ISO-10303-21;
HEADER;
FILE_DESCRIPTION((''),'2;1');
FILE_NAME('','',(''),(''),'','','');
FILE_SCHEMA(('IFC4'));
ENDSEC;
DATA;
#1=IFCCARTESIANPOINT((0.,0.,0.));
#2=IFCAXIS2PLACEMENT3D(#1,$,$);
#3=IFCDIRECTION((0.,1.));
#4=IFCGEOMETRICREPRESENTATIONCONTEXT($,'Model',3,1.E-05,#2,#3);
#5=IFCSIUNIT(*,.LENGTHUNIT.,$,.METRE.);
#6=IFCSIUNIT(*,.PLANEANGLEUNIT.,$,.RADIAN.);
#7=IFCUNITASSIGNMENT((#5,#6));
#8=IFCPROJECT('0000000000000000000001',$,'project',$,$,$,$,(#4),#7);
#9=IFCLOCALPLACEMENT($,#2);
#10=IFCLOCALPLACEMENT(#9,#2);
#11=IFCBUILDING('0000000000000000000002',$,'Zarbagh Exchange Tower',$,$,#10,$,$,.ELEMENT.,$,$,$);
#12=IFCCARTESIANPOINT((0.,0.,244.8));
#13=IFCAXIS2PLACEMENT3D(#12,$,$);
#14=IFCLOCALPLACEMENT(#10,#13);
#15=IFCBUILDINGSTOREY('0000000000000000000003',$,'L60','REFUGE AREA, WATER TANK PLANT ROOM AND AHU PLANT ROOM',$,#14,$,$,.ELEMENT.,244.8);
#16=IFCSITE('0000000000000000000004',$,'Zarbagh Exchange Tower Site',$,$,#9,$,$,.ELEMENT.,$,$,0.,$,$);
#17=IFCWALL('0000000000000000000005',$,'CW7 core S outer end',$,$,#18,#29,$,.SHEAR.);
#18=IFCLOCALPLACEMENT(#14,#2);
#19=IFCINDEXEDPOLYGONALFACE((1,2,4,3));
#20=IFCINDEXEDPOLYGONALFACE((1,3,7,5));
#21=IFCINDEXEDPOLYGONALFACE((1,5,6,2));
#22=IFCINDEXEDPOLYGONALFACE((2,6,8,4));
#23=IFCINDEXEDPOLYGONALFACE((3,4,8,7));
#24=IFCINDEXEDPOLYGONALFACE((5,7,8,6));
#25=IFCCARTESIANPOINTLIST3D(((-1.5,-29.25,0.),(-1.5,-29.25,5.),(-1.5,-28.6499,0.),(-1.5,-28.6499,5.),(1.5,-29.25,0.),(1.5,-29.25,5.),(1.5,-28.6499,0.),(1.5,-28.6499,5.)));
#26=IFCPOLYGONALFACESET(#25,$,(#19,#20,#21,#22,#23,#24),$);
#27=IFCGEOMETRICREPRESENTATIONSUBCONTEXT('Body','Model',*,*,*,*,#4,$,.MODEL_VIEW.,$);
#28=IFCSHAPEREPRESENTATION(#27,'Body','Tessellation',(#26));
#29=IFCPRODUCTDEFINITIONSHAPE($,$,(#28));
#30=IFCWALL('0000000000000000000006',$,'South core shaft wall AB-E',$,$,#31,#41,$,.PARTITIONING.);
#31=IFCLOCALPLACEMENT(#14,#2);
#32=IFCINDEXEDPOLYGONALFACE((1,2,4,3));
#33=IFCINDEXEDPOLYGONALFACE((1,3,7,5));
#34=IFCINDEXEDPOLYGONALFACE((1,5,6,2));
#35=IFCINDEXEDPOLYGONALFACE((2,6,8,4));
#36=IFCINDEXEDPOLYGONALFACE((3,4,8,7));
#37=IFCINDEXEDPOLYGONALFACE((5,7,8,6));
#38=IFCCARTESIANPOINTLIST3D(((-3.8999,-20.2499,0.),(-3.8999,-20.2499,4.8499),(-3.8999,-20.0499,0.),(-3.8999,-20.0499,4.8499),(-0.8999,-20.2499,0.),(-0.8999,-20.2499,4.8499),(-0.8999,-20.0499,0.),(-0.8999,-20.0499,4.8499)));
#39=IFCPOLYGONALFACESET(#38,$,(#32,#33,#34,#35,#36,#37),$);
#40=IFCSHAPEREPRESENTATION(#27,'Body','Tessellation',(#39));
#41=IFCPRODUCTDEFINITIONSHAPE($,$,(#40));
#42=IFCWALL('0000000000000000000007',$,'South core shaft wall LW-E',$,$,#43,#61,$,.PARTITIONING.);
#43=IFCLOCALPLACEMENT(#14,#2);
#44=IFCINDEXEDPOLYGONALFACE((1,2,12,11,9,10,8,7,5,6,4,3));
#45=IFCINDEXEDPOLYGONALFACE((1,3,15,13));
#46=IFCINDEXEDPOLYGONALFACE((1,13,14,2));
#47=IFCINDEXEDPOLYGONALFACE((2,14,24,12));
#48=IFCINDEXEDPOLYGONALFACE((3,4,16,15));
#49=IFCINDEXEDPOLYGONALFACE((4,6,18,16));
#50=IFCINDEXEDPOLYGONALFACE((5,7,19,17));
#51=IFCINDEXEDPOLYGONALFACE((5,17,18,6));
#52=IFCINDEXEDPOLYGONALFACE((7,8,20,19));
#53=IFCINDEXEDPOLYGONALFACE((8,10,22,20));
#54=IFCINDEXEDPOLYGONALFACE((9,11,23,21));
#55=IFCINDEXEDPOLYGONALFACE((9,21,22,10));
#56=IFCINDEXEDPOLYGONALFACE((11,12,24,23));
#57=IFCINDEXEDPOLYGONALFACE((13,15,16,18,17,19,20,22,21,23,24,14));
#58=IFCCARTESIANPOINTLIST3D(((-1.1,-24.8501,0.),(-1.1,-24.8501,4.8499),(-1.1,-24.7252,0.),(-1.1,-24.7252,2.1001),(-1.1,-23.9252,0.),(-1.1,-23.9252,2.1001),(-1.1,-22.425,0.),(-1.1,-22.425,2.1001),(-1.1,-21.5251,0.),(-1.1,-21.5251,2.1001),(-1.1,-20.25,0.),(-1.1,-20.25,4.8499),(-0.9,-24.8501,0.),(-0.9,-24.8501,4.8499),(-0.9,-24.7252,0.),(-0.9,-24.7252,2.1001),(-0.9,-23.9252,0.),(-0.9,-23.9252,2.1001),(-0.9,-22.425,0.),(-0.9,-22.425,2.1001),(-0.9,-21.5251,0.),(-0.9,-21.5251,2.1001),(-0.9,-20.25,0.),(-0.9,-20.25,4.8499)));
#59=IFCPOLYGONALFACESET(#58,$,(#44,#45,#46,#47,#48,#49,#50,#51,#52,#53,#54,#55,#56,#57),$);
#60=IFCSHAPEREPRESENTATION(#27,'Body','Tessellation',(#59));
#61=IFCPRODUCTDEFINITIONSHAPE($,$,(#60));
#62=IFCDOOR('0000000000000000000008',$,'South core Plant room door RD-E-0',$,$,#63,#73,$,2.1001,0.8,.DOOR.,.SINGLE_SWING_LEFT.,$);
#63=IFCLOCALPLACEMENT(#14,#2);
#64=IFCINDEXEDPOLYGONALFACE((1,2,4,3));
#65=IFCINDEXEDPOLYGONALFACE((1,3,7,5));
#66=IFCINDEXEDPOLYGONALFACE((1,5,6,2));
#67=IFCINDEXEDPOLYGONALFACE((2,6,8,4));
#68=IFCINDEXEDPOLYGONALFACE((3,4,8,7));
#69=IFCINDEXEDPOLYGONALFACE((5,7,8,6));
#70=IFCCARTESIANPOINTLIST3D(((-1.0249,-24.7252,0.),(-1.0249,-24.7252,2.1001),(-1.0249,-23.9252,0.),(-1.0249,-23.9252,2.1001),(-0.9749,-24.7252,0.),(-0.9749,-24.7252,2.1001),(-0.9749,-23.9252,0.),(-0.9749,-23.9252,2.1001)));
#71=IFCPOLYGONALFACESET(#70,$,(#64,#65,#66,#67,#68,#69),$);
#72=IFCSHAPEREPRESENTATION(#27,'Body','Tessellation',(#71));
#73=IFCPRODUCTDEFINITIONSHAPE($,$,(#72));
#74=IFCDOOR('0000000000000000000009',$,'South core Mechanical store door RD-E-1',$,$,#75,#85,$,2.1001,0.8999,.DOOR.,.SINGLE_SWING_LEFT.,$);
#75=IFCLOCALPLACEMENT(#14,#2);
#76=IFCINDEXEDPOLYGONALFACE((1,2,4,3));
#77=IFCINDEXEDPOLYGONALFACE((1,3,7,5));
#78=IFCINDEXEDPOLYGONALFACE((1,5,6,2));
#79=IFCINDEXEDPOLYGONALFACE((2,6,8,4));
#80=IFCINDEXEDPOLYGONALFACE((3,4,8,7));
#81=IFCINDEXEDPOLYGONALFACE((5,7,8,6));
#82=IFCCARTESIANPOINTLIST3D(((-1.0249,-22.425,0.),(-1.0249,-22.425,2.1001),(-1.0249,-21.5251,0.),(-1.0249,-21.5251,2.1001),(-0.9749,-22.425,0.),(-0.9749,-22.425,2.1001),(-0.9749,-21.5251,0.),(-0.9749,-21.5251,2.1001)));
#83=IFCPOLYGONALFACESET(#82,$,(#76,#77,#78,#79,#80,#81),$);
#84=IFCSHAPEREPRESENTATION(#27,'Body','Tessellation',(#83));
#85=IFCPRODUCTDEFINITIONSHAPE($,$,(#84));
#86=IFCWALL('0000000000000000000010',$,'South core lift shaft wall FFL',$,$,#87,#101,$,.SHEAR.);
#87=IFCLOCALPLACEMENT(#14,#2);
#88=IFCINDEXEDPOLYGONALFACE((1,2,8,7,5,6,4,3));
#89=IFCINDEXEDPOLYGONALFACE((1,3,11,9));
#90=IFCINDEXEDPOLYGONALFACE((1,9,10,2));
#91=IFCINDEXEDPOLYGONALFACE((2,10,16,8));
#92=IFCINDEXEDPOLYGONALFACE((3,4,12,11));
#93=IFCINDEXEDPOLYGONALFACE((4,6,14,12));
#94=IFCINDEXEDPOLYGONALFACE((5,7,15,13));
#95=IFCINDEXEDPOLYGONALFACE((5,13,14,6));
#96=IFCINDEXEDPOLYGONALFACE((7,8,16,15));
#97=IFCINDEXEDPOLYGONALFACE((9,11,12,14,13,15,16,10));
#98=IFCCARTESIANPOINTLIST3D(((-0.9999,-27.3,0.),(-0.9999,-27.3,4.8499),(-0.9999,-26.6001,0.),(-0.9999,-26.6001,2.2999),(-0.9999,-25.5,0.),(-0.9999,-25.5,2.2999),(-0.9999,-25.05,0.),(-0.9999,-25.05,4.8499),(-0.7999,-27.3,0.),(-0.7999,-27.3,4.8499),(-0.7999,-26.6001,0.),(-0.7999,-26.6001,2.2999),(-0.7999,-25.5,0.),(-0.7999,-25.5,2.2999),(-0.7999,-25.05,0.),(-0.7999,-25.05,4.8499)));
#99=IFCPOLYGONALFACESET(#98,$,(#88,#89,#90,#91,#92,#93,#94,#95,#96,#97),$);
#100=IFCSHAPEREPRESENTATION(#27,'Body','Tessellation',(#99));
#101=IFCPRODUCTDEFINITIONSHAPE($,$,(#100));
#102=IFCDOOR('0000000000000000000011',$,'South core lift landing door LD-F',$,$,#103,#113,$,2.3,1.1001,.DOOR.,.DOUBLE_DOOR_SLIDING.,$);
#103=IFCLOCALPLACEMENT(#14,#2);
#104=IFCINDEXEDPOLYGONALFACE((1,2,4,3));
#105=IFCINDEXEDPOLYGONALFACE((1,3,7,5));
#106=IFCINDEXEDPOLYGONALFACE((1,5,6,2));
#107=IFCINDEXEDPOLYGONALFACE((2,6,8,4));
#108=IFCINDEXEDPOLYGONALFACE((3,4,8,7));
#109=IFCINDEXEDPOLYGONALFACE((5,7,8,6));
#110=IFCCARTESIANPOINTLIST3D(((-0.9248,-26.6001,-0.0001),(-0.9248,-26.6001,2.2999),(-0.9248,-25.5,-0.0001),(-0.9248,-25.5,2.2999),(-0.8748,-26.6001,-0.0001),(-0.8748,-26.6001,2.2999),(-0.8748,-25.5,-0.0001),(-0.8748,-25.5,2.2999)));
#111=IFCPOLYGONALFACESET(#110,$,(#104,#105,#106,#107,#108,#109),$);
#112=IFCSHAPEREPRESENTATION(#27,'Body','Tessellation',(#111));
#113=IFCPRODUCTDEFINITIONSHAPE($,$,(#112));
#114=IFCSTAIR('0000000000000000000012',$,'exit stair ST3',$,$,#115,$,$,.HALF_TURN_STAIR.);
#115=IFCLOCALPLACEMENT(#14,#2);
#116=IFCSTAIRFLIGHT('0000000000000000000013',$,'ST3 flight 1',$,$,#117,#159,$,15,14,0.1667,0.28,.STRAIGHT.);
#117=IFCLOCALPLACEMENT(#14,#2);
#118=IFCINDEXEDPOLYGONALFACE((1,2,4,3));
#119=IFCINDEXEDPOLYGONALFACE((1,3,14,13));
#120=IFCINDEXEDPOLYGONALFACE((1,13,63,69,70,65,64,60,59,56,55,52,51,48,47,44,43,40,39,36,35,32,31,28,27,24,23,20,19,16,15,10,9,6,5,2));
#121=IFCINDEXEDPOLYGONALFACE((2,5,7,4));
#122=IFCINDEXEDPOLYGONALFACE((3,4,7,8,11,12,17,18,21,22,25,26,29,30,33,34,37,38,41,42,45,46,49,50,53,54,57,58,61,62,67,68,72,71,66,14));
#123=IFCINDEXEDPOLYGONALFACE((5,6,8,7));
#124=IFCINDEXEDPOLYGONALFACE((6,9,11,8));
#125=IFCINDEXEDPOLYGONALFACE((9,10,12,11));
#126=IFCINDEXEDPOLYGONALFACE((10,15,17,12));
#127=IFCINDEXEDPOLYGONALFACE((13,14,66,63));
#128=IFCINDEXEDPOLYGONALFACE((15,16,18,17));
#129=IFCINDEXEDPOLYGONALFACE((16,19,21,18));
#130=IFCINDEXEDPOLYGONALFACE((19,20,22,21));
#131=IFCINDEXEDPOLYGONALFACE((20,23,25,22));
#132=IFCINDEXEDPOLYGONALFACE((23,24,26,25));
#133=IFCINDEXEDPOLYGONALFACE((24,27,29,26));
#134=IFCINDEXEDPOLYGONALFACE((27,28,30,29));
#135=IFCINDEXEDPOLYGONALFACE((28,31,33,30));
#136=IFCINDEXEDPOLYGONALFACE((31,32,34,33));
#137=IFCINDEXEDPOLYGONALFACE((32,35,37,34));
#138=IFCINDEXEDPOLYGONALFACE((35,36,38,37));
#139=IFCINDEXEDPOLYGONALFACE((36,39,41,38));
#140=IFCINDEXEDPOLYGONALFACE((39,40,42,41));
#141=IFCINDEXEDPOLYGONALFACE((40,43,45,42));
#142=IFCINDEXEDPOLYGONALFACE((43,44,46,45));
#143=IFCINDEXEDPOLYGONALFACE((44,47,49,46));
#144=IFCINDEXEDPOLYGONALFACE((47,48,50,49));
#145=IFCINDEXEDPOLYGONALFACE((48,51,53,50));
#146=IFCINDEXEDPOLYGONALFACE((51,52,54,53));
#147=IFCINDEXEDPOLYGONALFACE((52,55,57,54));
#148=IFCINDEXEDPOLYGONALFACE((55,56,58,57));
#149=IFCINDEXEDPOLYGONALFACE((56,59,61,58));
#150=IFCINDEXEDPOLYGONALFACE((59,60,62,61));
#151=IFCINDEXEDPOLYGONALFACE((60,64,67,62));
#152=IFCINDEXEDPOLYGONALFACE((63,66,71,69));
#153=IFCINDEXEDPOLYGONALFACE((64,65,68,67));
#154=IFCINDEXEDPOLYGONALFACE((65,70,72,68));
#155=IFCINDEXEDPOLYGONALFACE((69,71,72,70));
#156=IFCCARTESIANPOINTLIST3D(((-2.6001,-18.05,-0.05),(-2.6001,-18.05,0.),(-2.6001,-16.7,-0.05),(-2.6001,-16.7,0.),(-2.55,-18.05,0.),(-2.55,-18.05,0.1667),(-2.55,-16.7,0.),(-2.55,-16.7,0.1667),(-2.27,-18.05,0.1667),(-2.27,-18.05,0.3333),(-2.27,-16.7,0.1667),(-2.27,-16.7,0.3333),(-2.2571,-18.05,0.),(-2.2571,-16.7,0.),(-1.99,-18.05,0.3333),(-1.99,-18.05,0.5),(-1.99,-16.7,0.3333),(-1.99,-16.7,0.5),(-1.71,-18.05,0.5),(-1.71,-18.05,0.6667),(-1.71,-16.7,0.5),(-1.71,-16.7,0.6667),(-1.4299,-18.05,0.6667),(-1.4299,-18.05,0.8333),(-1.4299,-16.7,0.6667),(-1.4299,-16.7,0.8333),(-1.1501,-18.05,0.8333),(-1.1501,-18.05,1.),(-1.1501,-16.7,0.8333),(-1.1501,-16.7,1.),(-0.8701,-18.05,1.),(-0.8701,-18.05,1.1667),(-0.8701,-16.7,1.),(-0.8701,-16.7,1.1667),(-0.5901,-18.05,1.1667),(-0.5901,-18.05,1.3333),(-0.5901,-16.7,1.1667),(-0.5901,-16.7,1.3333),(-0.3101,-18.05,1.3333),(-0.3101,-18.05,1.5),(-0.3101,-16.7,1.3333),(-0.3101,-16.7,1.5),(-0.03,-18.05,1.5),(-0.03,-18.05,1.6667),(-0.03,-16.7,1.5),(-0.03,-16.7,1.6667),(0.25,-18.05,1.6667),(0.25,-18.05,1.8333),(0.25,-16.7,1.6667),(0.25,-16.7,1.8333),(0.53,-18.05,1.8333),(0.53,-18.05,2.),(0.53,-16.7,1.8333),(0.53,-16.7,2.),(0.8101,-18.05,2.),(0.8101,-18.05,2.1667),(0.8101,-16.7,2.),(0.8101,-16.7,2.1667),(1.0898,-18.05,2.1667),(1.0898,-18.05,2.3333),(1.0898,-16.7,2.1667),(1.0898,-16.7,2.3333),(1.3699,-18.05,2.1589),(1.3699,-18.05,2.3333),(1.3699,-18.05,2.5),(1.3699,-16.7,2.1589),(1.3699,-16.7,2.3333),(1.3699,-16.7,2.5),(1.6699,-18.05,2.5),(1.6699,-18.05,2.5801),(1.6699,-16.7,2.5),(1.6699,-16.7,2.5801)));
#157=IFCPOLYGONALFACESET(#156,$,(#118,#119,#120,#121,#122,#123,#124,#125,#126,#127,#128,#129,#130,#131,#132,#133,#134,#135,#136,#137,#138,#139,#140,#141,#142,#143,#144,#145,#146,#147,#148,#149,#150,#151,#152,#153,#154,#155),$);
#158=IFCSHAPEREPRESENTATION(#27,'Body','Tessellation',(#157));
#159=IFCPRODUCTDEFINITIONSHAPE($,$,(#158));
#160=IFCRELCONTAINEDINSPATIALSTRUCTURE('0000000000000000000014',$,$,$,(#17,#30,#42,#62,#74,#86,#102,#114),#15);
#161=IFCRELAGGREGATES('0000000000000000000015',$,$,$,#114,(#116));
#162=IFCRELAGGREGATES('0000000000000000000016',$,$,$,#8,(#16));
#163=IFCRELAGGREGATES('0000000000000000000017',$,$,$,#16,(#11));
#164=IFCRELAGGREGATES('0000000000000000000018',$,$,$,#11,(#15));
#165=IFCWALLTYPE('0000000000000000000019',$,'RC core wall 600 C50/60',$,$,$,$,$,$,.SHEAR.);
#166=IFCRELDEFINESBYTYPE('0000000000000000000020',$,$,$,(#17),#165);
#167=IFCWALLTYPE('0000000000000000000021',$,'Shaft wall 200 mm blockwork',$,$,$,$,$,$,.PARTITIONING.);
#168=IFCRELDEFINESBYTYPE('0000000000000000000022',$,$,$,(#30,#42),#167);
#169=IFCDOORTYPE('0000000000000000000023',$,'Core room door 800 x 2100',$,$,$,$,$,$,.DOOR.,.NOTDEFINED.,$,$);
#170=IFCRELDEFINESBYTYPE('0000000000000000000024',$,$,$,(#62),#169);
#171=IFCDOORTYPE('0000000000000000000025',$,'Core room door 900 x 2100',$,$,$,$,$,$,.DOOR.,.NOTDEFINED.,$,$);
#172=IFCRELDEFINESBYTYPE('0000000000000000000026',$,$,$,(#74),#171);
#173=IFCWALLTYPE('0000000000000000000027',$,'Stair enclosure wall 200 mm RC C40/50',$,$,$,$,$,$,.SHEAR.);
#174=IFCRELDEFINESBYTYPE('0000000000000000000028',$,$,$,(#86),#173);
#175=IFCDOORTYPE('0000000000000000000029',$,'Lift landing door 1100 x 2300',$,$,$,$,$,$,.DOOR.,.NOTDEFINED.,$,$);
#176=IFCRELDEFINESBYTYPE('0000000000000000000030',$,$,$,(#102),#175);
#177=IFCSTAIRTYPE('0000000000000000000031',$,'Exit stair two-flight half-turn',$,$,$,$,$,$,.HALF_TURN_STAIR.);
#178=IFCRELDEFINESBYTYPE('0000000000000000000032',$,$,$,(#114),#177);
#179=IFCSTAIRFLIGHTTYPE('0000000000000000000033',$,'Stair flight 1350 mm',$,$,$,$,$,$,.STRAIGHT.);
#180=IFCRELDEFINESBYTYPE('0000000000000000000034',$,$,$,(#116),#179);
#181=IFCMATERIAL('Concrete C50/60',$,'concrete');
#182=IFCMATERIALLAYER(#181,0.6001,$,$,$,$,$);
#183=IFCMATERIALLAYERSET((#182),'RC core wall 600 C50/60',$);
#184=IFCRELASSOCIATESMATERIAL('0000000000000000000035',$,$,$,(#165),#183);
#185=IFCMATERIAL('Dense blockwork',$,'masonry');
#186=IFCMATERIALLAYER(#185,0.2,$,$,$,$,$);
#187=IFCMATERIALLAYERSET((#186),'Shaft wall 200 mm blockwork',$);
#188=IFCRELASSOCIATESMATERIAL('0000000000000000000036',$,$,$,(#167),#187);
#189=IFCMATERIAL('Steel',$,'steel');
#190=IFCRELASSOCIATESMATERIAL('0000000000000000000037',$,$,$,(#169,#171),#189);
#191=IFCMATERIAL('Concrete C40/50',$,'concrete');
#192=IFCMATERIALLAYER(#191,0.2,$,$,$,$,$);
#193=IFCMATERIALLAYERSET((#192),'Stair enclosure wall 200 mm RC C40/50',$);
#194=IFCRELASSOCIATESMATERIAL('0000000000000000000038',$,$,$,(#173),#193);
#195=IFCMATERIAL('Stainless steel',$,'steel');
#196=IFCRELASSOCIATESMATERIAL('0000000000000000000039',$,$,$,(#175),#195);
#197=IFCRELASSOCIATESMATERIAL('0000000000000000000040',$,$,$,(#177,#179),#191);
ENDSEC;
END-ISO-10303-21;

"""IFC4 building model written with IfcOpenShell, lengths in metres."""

from ifc_helpers import new_model, si_unit, direction, frame, frame_2d, origin, place, context, subcontext, project, spatial, polyline, rectangle, outline, extrude, material, layer, layer_set, type_object, element, fill, aggregate, save


model = new_model("IFC4")

# Units and contexts
model_context = context("Model", 3, precision=1e-05, world=origin(), true_north=direction((0.0, 1.0)))
body_context = subcontext(model_context, "Body", "Model", "MODEL_VIEW")
ifc_project = project(units=[si_unit("LENGTHUNIT", "METRE"), si_unit("PLANEANGLEUNIT", "RADIAN")], contexts=[model_context])

# Site, building, storey
site_placement = place(None, origin())
site = spatial("IfcSite", under=ifc_project, at=site_placement, Name="Zarbagh Exchange Tower Site", CompositionType="ELEMENT", RefElevation=0.0)
building_placement = place(site_placement, origin())
building = spatial("IfcBuilding", under=site, at=building_placement, Name="Zarbagh Exchange Tower", CompositionType="ELEMENT")
storey_placement = place(building_placement, frame((0.0, 0.0, 244.8)))
storey = spatial("IfcBuildingStorey", under=building, at=storey_placement, Name="L60", Description="REFUGE AREA, WATER TANK PLANT ROOM AND AHU PLANT ROOM", CompositionType="ELEMENT", Elevation=244.8)

# Shared definitions
ifc_material_1 = material(Name="Concrete C50/60", Category="concrete")

# Shared definitions
ifc_material_2 = material(Name="Dense blockwork", Category="masonry")

# Shared definitions
ifc_layer_1 = layer(ifc_material_1, 0.6001)
ifc_layer_set_1 = layer_set([ifc_layer_1], Name="RC core wall 600 C50/60")
wall_type_1 = type_object("IfcWallType", Name="RC core wall 600 C50/60", PredefinedType="SHEAR", material=ifc_layer_set_1)
ifc_material_3 = material(Name="Steel", Category="steel")

# Walls
wall_1_placement = place(storey_placement, frame((-1.5, -28.95, 0.0), z_axis=(0.0, 0.0, 1.0), x_axis=(1.0, 0.0, 0.0)))
element("IfcWall", 1, at=wall_1_placement, inside=storey, type_object=wall_type_1, Name="CW7 core S outer end", PredefinedType="SHEAR", context=body_context, shape_type="SweptSolid", body=[
    extrude(rectangle(XDim=3.0, YDim=0.6001, at=frame_2d((1.5, 0.0))), origin(), (0.0, 0.0, 1.0), 5.0),
])
ifc_layer_2 = layer(ifc_material_2, 0.2)
ifc_layer_set_2 = layer_set([ifc_layer_2], Name="Shaft wall 200 mm blockwork")
wall_type_2 = type_object("IfcWallType", Name="Shaft wall 200 mm blockwork", PredefinedType="PARTITIONING", material=ifc_layer_set_2)
wall_2_placement = place(storey_placement, frame((-0.8999, -20.1499, 0.0), z_axis=(0.0, 0.0, 1.0), x_axis=(-1.0, 0.0, 0.0)))
element("IfcWall", 2, at=wall_2_placement, inside=storey, type_object=wall_type_2, Name="South core shaft wall AB-E", PredefinedType="PARTITIONING", context=body_context, shape_type="SweptSolid", body=[
    extrude(rectangle(XDim=3.0, YDim=0.2, at=frame_2d((1.5, 0.0))), origin(), (0.0, 0.0, 1.0), 4.8499),
])

# Wall, openings, doors
wall_3_placement = place(storey_placement, frame((-1.0, -24.8501, 0.0), z_axis=(0.0, 0.0, 1.0), x_axis=(0.0, 1.0, 0.0)))
wall_3 = element("IfcWall", 3, at=wall_3_placement, inside=storey, type_object=wall_type_2, Name="South core shaft wall LW-E", PredefinedType="PARTITIONING", context=body_context, shape_type="SweptSolid", body=[
    extrude(rectangle(XDim=4.6001, YDim=0.2, at=frame_2d((2.3, 0.0))), origin(), (0.0, 0.0, 1.0), 4.8499),
])
opening_1_placement = place(wall_3_placement, frame((0.125, 0.0, 0.0)))
opening_1 = element("IfcOpeningElement", 4, at=opening_1_placement, cuts=wall_3, PredefinedType="OPENING", context=body_context, shape_type="SweptSolid", body=[
    extrude(rectangle(XDim=0.8, YDim=2.1001, at=frame_2d((0.3999, 1.05))), frame((0.0, 0.1099, 0.0), z_axis=(0.0, -1.0, 0.0), x_axis=(1.0, 0.0, 0.0)), (0.0, 0.0, 1.0), 0.22),
])
opening_2_placement = place(wall_3_placement, frame((2.425, 0.0, 0.0)))
opening_2 = element("IfcOpeningElement", 5, at=opening_2_placement, cuts=wall_3, PredefinedType="OPENING", context=body_context, shape_type="SweptSolid", body=[
    extrude(rectangle(XDim=0.8999, YDim=2.1001, at=frame_2d((0.45, 1.05))), frame((0.0, 0.1099, 0.0), z_axis=(0.0, -1.0, 0.0), x_axis=(1.0, 0.0, 0.0)), (0.0, 0.0, 1.0), 0.22),
])
door_type_1 = type_object("IfcDoorType", Name="Core room door 800 x 2100", OperationType="NOTDEFINED", PredefinedType="DOOR", material=ifc_material_3)
door_1_placement = place(opening_1_placement, origin())
door_1 = element("IfcDoor", 6, at=door_1_placement, inside=storey, type_object=door_type_1, Name="South core Plant room door RD-E-0", OperationType="SINGLE_SWING_LEFT", OverallHeight=2.1001, OverallWidth=0.8, PredefinedType="DOOR", context=body_context, shape_type="SweptSolid", body=[
    extrude(rectangle(XDim=0.8, YDim=2.1001, at=frame_2d((0.3999, 1.05))), frame((0.0, 0.0249, 0.0), z_axis=(0.0, -1.0, 0.0), x_axis=(1.0, 0.0, 0.0)), (0.0, 0.0, 1.0), 0.05),
])
fill(opening_1, door_1)
door_type_2 = type_object("IfcDoorType", Name="Core room door 900 x 2100", OperationType="NOTDEFINED", PredefinedType="DOOR", material=ifc_material_3)
door_2_placement = place(opening_2_placement, origin())
door_2 = element("IfcDoor", 7, at=door_2_placement, inside=storey, type_object=door_type_2, Name="South core Mechanical store door RD-E-1", OperationType="SINGLE_SWING_LEFT", OverallHeight=2.1001, OverallWidth=0.8999, PredefinedType="DOOR", context=body_context, shape_type="SweptSolid", body=[
    extrude(rectangle(XDim=0.8999, YDim=2.1001, at=frame_2d((0.45, 1.05))), frame((0.0, 0.0249, 0.0), z_axis=(0.0, -1.0, 0.0), x_axis=(1.0, 0.0, 0.0)), (0.0, 0.0, 1.0), 0.05),
])
fill(opening_2, door_2)

# Wall, opening, door
ifc_material_4 = material(Name="Concrete C40/50", Category="concrete")
ifc_layer_3 = layer(ifc_material_4, 0.2)
ifc_layer_set_3 = layer_set([ifc_layer_3], Name="Stair enclosure wall 200 mm RC C40/50")
wall_type_3 = type_object("IfcWallType", Name="Stair enclosure wall 200 mm RC C40/50", PredefinedType="SHEAR", material=ifc_layer_set_3)
wall_4_placement = place(storey_placement, frame((-0.8999, -27.3, 0.0), z_axis=(0.0, 0.0, 1.0), x_axis=(0.0, 1.0, 0.0)))
wall_4 = element("IfcWall", 8, at=wall_4_placement, inside=storey, type_object=wall_type_3, Name="South core lift shaft wall FFL", PredefinedType="SHEAR", context=body_context, shape_type="SweptSolid", body=[
    extrude(rectangle(XDim=2.25, YDim=0.2, at=frame_2d((1.125, 0.0))), origin(), (0.0, 0.0, 1.0), 4.8499),
])
opening_3_placement = place(wall_4_placement, frame((0.7, 0.0, 0.0)))
opening_3 = element("IfcOpeningElement", 9, at=opening_3_placement, cuts=wall_4, PredefinedType="OPENING", context=body_context, shape_type="SweptSolid", body=[
    extrude(rectangle(XDim=1.1001, YDim=2.3, at=frame_2d((0.55, 1.1499))), frame((0.0, 0.1099, 0.0), z_axis=(0.0, -1.0, 0.0), x_axis=(1.0, 0.0, 0.0)), (0.0, 0.0, 1.0), 0.22),
])
ifc_material_5 = material(Name="Stainless steel", Category="steel")
door_type_3 = type_object("IfcDoorType", Name="Lift landing door 1100 x 2300", OperationType="NOTDEFINED", PredefinedType="DOOR", material=ifc_material_5)
door_3_placement = place(opening_3_placement, origin())
door_3 = element("IfcDoor", 10, at=door_3_placement, inside=storey, type_object=door_type_3, Name="South core lift landing door LD-F", OperationType="DOUBLE_DOOR_SLIDING", OverallHeight=2.3, OverallWidth=1.1001, PredefinedType="DOOR", context=body_context, shape_type="SweptSolid", body=[
    extrude(rectangle(XDim=1.1001, YDim=2.3, at=frame_2d((0.55, 1.1499))), frame((0.0, 0.0249, 0.0), z_axis=(0.0, -1.0, 0.0), x_axis=(1.0, 0.0, 0.0)), (0.0, 0.0, 1.0), 0.05),
])
fill(opening_3, door_3)

# Stair, stair flight
stair_type = type_object("IfcStairType", Name="Exit stair two-flight half-turn", PredefinedType="HALF_TURN_STAIR", material=ifc_material_4)
stair_1_placement = place(storey_placement, origin())
stair_1 = element("IfcStair", 11, at=stair_1_placement, inside=storey, type_object=stair_type, Name="exit stair ST3", PredefinedType="HALF_TURN_STAIR")
stair_flight_type_1 = type_object("IfcStairFlightType", Name="Stair flight 1350 mm", PredefinedType="STRAIGHT", material=ifc_material_4)
stair_flight_1_placement = place(storey_placement, frame((-2.55, -17.375, 0.0), z_axis=(0.0, 0.0, 1.0), x_axis=(1.0, 0.0, 0.0)))
stair_flight_1 = element("IfcStairFlight", 12, at=stair_flight_1_placement, type_object=stair_flight_type_1, Name="ST3 flight 1", NumberOfRisers=15, NumberOfTreads=14, PredefinedType="STRAIGHT", RiserHeight=0.1667, TreadLength=0.28, context=body_context, shape_type="SweptSolid", body=[
    extrude(outline(polyline([(-0.05, -0.05), (-0.05, 0.0), (0.0, 0.0), (0.0, 0.1667), (0.28, 0.1667), (0.28, 0.3333), (0.5601, 0.3333), (0.5601, 0.5), (0.8401, 0.5), (0.8401, 0.6667), (1.1201, 0.6667), (1.1201, 0.8333), (1.3999, 0.8333), (1.3999, 1.0), (1.6799, 1.0), (1.6799, 1.1667), (1.96, 1.1667), (1.96, 1.3333), (2.24, 1.3333), (2.24, 1.5), (2.52, 1.5), (2.52, 1.6667), (2.8, 1.6667), (2.8, 1.8333), (3.0801, 1.8333), (3.0801, 2.0), (3.3601, 2.0), (3.3601, 2.1667), (3.6399, 2.1667), (3.6399, 2.3333), (3.9199, 2.3333), (3.9199, 2.5), (4.22, 2.5801), (4.22, 2.5), (3.9199, 2.1589), (0.293, 0.0), (-0.05, -0.05)])), frame((0.0, 0.675, 0.0), z_axis=(0.0, -1.0, 0.0), x_axis=(1.0, 0.0, 0.0)), (0.0, 0.0, 1.0), 1.3501),
])
aggregate(stair_1, [stair_flight_1])

save(model, "model.ifc")
